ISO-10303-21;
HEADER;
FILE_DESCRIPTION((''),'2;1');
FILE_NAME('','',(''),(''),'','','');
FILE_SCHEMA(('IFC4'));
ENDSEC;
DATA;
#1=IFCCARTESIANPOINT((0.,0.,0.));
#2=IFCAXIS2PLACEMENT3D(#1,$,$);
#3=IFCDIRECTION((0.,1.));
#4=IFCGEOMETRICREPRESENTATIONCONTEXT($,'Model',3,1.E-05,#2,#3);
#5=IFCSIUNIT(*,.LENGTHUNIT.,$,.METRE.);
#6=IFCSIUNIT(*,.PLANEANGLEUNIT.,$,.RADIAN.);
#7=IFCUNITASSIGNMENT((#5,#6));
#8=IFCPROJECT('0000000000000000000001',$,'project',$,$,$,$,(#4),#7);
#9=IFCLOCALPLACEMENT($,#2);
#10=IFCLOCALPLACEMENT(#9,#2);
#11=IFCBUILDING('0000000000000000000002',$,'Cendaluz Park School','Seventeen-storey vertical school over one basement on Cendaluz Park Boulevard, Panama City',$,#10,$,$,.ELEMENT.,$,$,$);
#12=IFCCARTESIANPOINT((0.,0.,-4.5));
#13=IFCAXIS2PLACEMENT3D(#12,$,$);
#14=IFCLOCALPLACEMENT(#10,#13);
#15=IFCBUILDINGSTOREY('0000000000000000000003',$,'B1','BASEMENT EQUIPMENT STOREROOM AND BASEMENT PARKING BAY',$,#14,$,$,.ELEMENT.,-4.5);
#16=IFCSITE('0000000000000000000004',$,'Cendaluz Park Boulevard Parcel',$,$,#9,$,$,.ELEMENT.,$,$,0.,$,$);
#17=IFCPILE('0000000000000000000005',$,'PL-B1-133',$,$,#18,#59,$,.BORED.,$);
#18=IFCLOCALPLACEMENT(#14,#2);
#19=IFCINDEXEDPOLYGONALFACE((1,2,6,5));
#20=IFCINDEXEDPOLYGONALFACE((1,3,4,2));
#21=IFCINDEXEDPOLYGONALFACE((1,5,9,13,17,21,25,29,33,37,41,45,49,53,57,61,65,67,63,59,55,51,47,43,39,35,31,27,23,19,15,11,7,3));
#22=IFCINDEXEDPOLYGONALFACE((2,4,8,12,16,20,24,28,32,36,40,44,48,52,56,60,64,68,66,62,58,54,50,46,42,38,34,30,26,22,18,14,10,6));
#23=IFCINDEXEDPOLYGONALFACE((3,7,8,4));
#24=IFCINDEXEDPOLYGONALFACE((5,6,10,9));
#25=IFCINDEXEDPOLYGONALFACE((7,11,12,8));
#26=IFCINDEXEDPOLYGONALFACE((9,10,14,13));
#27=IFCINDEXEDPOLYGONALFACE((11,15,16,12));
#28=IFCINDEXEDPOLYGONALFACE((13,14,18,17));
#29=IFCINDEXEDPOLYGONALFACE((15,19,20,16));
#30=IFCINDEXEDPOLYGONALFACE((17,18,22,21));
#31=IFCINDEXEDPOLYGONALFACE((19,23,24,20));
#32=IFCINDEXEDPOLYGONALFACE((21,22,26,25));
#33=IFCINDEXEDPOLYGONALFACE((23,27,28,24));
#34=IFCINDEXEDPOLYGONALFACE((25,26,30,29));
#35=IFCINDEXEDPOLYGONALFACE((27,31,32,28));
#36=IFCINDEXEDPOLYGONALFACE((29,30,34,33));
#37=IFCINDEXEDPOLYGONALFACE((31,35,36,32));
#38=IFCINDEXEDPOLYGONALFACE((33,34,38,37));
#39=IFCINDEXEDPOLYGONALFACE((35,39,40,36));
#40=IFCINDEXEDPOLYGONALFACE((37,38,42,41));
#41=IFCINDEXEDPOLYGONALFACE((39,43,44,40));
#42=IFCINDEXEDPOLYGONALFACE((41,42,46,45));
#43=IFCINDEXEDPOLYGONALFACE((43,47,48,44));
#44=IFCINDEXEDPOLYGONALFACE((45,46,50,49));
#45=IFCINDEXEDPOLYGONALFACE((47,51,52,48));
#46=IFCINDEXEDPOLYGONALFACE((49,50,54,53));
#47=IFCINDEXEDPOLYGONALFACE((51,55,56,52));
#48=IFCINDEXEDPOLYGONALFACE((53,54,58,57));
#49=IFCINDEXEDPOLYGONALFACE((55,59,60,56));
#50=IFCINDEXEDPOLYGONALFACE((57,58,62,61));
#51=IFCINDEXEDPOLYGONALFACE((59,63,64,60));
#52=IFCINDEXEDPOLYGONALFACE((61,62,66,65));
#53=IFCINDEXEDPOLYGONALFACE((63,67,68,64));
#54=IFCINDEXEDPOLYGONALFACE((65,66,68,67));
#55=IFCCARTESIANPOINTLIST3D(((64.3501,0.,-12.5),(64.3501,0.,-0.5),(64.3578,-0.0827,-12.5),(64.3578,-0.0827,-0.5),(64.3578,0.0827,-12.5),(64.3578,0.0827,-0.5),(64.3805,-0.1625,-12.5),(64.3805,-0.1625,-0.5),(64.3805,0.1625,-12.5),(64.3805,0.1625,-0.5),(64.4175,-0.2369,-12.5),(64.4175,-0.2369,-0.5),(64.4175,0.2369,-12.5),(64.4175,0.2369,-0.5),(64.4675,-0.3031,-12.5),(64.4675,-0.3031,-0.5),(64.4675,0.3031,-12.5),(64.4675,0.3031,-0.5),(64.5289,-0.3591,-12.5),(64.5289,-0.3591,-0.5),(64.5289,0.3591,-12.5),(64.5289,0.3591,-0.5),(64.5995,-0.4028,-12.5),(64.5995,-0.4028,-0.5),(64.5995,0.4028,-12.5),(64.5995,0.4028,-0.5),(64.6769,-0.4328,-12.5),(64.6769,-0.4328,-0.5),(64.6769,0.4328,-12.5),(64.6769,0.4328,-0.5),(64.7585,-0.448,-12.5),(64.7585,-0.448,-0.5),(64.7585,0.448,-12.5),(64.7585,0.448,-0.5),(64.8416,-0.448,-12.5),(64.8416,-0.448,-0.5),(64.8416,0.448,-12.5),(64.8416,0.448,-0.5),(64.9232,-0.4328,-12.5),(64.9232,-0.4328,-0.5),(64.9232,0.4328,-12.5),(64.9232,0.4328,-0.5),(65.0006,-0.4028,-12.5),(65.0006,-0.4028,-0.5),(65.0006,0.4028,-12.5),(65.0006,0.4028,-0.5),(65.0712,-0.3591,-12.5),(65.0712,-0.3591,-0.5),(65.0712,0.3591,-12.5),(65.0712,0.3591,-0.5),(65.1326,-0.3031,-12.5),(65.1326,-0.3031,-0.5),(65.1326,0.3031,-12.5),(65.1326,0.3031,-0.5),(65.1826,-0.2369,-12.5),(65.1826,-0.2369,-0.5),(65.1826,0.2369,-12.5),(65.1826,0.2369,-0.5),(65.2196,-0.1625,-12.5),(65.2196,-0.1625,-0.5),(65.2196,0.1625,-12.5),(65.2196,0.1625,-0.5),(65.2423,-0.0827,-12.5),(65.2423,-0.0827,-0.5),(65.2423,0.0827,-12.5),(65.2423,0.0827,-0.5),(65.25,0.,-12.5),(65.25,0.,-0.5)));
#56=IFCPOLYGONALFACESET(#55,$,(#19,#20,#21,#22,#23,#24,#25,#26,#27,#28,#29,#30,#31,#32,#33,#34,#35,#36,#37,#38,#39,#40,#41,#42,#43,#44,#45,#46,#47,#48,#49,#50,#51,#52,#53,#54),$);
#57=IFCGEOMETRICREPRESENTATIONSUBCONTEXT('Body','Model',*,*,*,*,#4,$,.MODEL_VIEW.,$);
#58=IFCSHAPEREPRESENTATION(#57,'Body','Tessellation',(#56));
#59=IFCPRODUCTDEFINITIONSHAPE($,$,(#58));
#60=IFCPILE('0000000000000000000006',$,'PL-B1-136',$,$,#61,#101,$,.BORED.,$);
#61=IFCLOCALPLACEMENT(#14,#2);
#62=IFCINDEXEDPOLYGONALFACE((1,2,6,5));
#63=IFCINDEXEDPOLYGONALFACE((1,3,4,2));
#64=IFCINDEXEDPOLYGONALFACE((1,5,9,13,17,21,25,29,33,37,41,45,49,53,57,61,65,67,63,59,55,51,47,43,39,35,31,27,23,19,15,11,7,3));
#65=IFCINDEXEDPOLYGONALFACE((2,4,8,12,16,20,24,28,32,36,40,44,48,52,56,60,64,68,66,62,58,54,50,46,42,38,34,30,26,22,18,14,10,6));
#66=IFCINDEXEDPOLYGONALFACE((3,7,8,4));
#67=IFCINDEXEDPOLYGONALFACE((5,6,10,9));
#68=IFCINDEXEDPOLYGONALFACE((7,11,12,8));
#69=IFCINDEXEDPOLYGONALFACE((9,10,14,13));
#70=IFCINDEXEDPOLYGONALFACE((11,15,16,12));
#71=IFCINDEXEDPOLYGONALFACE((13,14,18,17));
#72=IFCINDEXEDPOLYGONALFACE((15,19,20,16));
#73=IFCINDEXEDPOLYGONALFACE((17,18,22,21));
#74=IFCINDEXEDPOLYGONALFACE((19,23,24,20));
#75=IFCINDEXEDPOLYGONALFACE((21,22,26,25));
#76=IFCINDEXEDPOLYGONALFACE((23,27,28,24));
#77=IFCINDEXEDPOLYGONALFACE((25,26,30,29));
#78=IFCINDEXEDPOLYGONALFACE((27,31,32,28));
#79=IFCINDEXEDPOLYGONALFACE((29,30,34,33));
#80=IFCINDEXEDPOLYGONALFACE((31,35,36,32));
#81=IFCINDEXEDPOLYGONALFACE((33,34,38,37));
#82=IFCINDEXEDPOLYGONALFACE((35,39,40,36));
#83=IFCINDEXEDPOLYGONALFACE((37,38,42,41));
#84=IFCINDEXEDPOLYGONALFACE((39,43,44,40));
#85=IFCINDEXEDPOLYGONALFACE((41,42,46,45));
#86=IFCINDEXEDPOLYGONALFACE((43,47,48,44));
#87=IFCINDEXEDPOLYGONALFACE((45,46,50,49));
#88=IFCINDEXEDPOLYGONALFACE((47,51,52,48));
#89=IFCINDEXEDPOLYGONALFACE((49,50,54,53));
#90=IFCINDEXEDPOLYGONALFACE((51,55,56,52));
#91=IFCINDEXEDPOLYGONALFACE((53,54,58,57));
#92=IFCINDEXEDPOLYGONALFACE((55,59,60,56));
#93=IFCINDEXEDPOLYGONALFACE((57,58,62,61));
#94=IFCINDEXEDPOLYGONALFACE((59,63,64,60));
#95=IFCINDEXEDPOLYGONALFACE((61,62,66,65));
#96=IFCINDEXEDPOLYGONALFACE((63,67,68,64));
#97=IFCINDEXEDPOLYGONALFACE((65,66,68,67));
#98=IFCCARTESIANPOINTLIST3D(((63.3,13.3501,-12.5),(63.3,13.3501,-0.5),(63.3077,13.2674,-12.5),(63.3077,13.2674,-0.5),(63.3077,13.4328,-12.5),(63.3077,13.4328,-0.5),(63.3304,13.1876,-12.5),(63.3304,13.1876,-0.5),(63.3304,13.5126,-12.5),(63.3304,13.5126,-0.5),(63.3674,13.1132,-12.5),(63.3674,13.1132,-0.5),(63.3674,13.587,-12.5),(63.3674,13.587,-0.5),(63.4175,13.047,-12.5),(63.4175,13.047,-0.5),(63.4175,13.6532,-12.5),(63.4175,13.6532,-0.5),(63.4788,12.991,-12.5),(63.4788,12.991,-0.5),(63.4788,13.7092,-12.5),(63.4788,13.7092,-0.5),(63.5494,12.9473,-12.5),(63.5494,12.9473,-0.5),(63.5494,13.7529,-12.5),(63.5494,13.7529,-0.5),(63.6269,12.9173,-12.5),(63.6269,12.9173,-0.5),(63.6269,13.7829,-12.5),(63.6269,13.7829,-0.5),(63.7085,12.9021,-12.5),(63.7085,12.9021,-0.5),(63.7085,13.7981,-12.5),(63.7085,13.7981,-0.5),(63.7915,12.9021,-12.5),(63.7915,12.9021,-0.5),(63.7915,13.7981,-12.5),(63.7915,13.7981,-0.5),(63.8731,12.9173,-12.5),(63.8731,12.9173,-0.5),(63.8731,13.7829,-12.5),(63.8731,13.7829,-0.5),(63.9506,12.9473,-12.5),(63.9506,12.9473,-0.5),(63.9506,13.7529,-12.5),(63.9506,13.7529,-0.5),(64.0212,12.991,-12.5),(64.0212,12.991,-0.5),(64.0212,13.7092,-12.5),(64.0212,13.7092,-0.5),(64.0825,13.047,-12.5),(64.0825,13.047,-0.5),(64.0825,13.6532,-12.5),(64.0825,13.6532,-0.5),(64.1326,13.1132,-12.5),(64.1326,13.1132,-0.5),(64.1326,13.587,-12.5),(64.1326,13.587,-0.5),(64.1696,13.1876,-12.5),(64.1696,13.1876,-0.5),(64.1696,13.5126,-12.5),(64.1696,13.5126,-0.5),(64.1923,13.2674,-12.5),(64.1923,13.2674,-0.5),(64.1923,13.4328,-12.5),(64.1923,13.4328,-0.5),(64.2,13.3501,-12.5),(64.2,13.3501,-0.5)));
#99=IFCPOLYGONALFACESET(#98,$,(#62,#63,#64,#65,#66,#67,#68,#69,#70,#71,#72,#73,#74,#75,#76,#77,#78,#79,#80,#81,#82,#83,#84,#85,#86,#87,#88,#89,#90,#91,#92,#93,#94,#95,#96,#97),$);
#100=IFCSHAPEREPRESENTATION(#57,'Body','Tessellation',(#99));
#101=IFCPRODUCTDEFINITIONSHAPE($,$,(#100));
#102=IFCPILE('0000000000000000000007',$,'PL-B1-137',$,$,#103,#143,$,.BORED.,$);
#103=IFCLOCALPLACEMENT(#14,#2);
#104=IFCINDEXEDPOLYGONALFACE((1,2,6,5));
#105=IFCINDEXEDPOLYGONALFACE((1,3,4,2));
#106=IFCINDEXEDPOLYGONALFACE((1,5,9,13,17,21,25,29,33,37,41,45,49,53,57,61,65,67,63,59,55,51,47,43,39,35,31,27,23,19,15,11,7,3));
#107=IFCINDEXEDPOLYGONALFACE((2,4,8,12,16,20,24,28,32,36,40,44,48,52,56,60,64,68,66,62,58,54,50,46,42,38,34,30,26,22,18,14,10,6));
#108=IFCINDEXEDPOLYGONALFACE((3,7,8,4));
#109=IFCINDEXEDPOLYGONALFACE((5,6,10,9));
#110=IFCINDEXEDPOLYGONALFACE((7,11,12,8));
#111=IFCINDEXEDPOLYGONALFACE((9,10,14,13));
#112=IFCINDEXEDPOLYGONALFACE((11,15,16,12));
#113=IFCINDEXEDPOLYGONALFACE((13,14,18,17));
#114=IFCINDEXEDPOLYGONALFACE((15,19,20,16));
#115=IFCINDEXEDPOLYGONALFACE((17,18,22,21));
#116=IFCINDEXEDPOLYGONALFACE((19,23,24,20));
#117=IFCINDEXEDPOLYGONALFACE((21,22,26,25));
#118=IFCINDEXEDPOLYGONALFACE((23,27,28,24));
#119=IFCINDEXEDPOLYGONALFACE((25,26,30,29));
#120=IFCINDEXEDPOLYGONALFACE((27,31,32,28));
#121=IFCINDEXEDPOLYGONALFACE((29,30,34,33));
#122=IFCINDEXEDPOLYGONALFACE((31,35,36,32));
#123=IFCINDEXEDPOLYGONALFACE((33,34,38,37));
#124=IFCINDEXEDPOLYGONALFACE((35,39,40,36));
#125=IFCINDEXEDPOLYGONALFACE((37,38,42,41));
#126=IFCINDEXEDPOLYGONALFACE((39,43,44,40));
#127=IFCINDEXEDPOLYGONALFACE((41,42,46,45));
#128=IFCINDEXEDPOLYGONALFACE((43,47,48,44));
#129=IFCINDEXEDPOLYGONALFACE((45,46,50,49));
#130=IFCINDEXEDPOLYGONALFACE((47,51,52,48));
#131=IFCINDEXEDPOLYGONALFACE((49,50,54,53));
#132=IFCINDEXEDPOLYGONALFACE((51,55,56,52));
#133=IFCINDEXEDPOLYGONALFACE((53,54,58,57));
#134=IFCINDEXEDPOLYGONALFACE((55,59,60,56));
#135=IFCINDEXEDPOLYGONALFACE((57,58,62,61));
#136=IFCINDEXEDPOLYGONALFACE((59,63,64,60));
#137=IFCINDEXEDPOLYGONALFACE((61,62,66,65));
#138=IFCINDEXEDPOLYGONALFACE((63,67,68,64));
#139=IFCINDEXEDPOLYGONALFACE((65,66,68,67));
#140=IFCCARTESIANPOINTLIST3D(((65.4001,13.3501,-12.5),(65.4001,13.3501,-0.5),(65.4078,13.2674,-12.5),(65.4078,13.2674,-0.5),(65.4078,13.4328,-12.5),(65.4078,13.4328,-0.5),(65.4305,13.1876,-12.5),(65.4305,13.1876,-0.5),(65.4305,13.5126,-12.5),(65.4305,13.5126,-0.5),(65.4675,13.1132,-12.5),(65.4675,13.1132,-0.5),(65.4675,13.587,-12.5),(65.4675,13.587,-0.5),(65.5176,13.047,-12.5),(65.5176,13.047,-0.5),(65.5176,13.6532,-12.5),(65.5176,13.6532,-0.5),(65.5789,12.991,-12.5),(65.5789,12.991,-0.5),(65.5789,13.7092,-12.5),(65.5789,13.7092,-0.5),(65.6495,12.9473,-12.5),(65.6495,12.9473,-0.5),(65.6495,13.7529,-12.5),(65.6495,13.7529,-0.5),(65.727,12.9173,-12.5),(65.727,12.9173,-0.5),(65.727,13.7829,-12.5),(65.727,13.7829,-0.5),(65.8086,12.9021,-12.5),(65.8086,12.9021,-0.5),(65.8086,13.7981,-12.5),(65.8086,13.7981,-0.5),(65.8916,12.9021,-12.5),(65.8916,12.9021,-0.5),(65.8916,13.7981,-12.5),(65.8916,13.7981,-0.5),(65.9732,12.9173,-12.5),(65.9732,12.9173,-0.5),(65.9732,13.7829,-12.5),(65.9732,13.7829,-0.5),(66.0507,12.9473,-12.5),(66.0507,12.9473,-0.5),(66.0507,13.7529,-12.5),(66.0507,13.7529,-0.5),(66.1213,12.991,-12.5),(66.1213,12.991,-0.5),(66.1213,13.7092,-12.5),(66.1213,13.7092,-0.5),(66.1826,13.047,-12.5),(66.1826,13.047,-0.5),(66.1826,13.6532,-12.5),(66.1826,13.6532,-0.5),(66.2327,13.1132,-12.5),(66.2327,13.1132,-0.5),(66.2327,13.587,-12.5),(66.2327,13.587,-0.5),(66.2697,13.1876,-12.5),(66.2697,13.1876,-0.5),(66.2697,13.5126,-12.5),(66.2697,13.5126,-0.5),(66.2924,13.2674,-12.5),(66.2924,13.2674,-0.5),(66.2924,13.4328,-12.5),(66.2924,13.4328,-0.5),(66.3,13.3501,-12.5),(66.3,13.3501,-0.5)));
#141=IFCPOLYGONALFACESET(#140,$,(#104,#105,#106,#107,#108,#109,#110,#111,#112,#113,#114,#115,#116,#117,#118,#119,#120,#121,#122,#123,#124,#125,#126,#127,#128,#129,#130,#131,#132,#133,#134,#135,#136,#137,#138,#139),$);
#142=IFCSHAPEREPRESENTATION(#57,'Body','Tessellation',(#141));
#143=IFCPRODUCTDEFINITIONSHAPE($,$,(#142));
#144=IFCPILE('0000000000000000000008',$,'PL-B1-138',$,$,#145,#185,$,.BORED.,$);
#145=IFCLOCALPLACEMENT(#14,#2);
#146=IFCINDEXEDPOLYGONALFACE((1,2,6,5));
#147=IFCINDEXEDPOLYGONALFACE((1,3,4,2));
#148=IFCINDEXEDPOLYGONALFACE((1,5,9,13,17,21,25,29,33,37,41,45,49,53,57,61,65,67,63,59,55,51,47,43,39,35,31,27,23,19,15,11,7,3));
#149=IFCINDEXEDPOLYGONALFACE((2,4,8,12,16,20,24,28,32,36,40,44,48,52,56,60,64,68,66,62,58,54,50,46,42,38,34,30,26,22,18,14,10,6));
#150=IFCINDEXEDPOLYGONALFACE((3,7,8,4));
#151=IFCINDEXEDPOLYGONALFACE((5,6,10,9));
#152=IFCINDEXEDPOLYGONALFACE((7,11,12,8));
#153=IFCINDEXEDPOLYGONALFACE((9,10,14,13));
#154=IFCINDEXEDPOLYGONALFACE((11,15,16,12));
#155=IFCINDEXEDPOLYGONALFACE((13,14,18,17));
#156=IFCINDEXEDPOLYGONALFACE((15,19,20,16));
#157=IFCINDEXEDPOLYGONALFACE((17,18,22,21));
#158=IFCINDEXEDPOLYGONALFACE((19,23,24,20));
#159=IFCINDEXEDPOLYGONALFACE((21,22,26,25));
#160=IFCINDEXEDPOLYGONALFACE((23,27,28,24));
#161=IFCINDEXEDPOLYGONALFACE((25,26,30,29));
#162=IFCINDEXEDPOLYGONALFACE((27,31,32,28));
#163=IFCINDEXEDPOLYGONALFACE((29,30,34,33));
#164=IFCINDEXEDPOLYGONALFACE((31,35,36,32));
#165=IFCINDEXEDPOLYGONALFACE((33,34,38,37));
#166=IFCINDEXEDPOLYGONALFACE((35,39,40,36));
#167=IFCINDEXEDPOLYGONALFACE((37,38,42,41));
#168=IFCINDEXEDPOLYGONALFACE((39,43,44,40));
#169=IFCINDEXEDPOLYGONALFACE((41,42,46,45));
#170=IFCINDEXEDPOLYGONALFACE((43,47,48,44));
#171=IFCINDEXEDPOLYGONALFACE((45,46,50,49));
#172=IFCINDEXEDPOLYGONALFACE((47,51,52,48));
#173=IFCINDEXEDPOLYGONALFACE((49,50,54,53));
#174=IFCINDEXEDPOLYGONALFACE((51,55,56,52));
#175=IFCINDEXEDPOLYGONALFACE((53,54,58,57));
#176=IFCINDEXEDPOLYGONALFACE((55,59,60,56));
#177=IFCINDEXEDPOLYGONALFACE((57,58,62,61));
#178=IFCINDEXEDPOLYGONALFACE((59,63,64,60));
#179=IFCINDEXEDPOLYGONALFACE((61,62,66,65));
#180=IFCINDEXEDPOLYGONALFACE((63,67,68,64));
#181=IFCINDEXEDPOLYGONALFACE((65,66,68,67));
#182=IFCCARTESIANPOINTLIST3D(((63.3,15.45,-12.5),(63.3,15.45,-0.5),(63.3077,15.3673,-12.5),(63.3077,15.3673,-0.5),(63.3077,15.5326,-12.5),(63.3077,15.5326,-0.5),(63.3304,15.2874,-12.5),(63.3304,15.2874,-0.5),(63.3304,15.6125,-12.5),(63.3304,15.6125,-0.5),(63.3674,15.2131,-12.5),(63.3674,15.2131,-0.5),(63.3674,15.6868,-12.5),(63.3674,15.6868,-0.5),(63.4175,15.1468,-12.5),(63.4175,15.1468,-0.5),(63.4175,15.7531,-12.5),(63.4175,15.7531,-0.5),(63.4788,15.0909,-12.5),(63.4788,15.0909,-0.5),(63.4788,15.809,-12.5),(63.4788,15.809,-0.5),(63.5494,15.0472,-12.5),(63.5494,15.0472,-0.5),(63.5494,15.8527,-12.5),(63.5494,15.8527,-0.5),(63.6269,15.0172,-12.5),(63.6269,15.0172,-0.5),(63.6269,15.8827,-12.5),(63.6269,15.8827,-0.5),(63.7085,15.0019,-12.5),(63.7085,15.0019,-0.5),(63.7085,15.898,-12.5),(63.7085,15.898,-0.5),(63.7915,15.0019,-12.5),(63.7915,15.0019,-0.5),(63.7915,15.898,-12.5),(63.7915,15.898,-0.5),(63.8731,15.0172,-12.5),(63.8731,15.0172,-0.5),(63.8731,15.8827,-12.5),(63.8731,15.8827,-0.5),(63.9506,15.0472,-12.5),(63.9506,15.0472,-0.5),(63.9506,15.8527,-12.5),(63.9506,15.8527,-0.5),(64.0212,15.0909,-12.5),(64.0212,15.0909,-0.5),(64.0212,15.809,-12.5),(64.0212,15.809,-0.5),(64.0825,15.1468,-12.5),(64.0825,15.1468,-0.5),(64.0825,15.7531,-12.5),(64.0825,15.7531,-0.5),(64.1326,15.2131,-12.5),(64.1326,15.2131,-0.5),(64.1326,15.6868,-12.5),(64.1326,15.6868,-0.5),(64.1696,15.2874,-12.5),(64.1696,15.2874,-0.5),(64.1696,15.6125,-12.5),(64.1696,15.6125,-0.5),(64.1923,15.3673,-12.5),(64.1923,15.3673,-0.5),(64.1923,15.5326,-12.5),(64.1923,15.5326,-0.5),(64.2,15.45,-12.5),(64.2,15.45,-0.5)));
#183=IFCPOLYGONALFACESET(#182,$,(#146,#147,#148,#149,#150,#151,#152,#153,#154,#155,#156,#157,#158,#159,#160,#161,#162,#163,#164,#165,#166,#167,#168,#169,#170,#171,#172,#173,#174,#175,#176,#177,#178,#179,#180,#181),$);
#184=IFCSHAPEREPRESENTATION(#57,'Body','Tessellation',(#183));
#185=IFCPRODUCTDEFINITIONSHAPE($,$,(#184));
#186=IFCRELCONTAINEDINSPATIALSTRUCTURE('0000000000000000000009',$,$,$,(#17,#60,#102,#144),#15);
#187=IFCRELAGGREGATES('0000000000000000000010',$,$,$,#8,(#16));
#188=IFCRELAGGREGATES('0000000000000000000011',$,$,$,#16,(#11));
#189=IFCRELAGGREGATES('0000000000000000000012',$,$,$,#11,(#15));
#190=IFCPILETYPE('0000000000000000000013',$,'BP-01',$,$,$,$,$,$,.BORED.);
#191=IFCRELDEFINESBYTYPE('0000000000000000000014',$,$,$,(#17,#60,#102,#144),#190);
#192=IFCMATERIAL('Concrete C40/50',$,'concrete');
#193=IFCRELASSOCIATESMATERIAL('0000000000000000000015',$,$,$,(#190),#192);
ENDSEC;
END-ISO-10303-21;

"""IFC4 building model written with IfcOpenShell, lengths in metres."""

from ifc_helpers import new_model, si_unit, direction, frame, origin, origin_2d, place, context, subcontext, project, spatial, circle, extrude, material, material_profile, profile_set, type_object, element, save


model = new_model("IFC4")

# Units and contexts
model_context = context("Model", 3, precision=1e-05, world=origin(), true_north=direction((0.0, 1.0)))
body_context = subcontext(model_context, "Body", "Model", "MODEL_VIEW")
ifc_project = project(units=[si_unit("LENGTHUNIT", "METRE"), si_unit("PLANEANGLEUNIT", "RADIAN")], contexts=[model_context])

# Site, building, storey
site_placement = place(None, origin())
site = spatial("IfcSite", under=ifc_project, at=site_placement, Name="Cendaluz Park Boulevard Parcel", CompositionType="ELEMENT", RefElevation=0.0)
building_placement = place(site_placement, origin())
building = spatial("IfcBuilding", under=site, at=building_placement, Name="Cendaluz Park School", Description="Seventeen-storey vertical school over one basement on Cendaluz Park Boulevard, Panama City", CompositionType="ELEMENT")
storey_placement = place(building_placement, frame((0.0, 0.0, -4.5)))
storey = spatial("IfcBuildingStorey", under=building, at=storey_placement, Name="B1", Description="BASEMENT EQUIPMENT STOREROOM AND BASEMENT PARKING BAY", CompositionType="ELEMENT", Elevation=-4.5)

# Piles
ifc_material_1 = material(Name="Concrete C40/50", Category="concrete")
ifc_material_profile_1 = material_profile(ifc_material_1, circle(Radius=0.45, at=origin_2d()), Name="BP D900", Category="concrete")
ifc_profile_set_1 = profile_set([ifc_material_profile_1], Name="Concrete C40/50")
pile_type_1 = type_object("IfcPileType", Name="BP-01", PredefinedType="BORED", material=ifc_profile_set_1)
for number, where, z_axis, x_axis, name in (
    (1, (64.8, 0.0, -0.5), (0.0, 0.0, -1.0), (1.0, 0.0, 0.0), "PL-B1-133"),
    (2, (63.75, 13.3501, -0.5), (0.0, 0.0, -1.0), (1.0, 0.0, 0.0), "PL-B1-136"),
    (3, (65.8501, 13.3501, -0.5), (0.0, 0.0, -1.0), (1.0, 0.0, 0.0), "PL-B1-137"),
    (4, (63.75, 15.45, -0.5), (0.0, 0.0, -1.0), (1.0, 0.0, 0.0), "PL-B1-138"),
):
    element("IfcPile", number, at=place(storey_placement, frame(where, z_axis=z_axis, x_axis=x_axis)), inside=storey, type_object=pile_type_1, Name=name, PredefinedType="BORED", context=body_context, shape_type="SweptSolid", body=[
        extrude(circle(Radius=0.45, at=origin_2d()), origin(), (0.0, 0.0, 1.0), 12.0),
    ])

save(model, "model.ifc")
